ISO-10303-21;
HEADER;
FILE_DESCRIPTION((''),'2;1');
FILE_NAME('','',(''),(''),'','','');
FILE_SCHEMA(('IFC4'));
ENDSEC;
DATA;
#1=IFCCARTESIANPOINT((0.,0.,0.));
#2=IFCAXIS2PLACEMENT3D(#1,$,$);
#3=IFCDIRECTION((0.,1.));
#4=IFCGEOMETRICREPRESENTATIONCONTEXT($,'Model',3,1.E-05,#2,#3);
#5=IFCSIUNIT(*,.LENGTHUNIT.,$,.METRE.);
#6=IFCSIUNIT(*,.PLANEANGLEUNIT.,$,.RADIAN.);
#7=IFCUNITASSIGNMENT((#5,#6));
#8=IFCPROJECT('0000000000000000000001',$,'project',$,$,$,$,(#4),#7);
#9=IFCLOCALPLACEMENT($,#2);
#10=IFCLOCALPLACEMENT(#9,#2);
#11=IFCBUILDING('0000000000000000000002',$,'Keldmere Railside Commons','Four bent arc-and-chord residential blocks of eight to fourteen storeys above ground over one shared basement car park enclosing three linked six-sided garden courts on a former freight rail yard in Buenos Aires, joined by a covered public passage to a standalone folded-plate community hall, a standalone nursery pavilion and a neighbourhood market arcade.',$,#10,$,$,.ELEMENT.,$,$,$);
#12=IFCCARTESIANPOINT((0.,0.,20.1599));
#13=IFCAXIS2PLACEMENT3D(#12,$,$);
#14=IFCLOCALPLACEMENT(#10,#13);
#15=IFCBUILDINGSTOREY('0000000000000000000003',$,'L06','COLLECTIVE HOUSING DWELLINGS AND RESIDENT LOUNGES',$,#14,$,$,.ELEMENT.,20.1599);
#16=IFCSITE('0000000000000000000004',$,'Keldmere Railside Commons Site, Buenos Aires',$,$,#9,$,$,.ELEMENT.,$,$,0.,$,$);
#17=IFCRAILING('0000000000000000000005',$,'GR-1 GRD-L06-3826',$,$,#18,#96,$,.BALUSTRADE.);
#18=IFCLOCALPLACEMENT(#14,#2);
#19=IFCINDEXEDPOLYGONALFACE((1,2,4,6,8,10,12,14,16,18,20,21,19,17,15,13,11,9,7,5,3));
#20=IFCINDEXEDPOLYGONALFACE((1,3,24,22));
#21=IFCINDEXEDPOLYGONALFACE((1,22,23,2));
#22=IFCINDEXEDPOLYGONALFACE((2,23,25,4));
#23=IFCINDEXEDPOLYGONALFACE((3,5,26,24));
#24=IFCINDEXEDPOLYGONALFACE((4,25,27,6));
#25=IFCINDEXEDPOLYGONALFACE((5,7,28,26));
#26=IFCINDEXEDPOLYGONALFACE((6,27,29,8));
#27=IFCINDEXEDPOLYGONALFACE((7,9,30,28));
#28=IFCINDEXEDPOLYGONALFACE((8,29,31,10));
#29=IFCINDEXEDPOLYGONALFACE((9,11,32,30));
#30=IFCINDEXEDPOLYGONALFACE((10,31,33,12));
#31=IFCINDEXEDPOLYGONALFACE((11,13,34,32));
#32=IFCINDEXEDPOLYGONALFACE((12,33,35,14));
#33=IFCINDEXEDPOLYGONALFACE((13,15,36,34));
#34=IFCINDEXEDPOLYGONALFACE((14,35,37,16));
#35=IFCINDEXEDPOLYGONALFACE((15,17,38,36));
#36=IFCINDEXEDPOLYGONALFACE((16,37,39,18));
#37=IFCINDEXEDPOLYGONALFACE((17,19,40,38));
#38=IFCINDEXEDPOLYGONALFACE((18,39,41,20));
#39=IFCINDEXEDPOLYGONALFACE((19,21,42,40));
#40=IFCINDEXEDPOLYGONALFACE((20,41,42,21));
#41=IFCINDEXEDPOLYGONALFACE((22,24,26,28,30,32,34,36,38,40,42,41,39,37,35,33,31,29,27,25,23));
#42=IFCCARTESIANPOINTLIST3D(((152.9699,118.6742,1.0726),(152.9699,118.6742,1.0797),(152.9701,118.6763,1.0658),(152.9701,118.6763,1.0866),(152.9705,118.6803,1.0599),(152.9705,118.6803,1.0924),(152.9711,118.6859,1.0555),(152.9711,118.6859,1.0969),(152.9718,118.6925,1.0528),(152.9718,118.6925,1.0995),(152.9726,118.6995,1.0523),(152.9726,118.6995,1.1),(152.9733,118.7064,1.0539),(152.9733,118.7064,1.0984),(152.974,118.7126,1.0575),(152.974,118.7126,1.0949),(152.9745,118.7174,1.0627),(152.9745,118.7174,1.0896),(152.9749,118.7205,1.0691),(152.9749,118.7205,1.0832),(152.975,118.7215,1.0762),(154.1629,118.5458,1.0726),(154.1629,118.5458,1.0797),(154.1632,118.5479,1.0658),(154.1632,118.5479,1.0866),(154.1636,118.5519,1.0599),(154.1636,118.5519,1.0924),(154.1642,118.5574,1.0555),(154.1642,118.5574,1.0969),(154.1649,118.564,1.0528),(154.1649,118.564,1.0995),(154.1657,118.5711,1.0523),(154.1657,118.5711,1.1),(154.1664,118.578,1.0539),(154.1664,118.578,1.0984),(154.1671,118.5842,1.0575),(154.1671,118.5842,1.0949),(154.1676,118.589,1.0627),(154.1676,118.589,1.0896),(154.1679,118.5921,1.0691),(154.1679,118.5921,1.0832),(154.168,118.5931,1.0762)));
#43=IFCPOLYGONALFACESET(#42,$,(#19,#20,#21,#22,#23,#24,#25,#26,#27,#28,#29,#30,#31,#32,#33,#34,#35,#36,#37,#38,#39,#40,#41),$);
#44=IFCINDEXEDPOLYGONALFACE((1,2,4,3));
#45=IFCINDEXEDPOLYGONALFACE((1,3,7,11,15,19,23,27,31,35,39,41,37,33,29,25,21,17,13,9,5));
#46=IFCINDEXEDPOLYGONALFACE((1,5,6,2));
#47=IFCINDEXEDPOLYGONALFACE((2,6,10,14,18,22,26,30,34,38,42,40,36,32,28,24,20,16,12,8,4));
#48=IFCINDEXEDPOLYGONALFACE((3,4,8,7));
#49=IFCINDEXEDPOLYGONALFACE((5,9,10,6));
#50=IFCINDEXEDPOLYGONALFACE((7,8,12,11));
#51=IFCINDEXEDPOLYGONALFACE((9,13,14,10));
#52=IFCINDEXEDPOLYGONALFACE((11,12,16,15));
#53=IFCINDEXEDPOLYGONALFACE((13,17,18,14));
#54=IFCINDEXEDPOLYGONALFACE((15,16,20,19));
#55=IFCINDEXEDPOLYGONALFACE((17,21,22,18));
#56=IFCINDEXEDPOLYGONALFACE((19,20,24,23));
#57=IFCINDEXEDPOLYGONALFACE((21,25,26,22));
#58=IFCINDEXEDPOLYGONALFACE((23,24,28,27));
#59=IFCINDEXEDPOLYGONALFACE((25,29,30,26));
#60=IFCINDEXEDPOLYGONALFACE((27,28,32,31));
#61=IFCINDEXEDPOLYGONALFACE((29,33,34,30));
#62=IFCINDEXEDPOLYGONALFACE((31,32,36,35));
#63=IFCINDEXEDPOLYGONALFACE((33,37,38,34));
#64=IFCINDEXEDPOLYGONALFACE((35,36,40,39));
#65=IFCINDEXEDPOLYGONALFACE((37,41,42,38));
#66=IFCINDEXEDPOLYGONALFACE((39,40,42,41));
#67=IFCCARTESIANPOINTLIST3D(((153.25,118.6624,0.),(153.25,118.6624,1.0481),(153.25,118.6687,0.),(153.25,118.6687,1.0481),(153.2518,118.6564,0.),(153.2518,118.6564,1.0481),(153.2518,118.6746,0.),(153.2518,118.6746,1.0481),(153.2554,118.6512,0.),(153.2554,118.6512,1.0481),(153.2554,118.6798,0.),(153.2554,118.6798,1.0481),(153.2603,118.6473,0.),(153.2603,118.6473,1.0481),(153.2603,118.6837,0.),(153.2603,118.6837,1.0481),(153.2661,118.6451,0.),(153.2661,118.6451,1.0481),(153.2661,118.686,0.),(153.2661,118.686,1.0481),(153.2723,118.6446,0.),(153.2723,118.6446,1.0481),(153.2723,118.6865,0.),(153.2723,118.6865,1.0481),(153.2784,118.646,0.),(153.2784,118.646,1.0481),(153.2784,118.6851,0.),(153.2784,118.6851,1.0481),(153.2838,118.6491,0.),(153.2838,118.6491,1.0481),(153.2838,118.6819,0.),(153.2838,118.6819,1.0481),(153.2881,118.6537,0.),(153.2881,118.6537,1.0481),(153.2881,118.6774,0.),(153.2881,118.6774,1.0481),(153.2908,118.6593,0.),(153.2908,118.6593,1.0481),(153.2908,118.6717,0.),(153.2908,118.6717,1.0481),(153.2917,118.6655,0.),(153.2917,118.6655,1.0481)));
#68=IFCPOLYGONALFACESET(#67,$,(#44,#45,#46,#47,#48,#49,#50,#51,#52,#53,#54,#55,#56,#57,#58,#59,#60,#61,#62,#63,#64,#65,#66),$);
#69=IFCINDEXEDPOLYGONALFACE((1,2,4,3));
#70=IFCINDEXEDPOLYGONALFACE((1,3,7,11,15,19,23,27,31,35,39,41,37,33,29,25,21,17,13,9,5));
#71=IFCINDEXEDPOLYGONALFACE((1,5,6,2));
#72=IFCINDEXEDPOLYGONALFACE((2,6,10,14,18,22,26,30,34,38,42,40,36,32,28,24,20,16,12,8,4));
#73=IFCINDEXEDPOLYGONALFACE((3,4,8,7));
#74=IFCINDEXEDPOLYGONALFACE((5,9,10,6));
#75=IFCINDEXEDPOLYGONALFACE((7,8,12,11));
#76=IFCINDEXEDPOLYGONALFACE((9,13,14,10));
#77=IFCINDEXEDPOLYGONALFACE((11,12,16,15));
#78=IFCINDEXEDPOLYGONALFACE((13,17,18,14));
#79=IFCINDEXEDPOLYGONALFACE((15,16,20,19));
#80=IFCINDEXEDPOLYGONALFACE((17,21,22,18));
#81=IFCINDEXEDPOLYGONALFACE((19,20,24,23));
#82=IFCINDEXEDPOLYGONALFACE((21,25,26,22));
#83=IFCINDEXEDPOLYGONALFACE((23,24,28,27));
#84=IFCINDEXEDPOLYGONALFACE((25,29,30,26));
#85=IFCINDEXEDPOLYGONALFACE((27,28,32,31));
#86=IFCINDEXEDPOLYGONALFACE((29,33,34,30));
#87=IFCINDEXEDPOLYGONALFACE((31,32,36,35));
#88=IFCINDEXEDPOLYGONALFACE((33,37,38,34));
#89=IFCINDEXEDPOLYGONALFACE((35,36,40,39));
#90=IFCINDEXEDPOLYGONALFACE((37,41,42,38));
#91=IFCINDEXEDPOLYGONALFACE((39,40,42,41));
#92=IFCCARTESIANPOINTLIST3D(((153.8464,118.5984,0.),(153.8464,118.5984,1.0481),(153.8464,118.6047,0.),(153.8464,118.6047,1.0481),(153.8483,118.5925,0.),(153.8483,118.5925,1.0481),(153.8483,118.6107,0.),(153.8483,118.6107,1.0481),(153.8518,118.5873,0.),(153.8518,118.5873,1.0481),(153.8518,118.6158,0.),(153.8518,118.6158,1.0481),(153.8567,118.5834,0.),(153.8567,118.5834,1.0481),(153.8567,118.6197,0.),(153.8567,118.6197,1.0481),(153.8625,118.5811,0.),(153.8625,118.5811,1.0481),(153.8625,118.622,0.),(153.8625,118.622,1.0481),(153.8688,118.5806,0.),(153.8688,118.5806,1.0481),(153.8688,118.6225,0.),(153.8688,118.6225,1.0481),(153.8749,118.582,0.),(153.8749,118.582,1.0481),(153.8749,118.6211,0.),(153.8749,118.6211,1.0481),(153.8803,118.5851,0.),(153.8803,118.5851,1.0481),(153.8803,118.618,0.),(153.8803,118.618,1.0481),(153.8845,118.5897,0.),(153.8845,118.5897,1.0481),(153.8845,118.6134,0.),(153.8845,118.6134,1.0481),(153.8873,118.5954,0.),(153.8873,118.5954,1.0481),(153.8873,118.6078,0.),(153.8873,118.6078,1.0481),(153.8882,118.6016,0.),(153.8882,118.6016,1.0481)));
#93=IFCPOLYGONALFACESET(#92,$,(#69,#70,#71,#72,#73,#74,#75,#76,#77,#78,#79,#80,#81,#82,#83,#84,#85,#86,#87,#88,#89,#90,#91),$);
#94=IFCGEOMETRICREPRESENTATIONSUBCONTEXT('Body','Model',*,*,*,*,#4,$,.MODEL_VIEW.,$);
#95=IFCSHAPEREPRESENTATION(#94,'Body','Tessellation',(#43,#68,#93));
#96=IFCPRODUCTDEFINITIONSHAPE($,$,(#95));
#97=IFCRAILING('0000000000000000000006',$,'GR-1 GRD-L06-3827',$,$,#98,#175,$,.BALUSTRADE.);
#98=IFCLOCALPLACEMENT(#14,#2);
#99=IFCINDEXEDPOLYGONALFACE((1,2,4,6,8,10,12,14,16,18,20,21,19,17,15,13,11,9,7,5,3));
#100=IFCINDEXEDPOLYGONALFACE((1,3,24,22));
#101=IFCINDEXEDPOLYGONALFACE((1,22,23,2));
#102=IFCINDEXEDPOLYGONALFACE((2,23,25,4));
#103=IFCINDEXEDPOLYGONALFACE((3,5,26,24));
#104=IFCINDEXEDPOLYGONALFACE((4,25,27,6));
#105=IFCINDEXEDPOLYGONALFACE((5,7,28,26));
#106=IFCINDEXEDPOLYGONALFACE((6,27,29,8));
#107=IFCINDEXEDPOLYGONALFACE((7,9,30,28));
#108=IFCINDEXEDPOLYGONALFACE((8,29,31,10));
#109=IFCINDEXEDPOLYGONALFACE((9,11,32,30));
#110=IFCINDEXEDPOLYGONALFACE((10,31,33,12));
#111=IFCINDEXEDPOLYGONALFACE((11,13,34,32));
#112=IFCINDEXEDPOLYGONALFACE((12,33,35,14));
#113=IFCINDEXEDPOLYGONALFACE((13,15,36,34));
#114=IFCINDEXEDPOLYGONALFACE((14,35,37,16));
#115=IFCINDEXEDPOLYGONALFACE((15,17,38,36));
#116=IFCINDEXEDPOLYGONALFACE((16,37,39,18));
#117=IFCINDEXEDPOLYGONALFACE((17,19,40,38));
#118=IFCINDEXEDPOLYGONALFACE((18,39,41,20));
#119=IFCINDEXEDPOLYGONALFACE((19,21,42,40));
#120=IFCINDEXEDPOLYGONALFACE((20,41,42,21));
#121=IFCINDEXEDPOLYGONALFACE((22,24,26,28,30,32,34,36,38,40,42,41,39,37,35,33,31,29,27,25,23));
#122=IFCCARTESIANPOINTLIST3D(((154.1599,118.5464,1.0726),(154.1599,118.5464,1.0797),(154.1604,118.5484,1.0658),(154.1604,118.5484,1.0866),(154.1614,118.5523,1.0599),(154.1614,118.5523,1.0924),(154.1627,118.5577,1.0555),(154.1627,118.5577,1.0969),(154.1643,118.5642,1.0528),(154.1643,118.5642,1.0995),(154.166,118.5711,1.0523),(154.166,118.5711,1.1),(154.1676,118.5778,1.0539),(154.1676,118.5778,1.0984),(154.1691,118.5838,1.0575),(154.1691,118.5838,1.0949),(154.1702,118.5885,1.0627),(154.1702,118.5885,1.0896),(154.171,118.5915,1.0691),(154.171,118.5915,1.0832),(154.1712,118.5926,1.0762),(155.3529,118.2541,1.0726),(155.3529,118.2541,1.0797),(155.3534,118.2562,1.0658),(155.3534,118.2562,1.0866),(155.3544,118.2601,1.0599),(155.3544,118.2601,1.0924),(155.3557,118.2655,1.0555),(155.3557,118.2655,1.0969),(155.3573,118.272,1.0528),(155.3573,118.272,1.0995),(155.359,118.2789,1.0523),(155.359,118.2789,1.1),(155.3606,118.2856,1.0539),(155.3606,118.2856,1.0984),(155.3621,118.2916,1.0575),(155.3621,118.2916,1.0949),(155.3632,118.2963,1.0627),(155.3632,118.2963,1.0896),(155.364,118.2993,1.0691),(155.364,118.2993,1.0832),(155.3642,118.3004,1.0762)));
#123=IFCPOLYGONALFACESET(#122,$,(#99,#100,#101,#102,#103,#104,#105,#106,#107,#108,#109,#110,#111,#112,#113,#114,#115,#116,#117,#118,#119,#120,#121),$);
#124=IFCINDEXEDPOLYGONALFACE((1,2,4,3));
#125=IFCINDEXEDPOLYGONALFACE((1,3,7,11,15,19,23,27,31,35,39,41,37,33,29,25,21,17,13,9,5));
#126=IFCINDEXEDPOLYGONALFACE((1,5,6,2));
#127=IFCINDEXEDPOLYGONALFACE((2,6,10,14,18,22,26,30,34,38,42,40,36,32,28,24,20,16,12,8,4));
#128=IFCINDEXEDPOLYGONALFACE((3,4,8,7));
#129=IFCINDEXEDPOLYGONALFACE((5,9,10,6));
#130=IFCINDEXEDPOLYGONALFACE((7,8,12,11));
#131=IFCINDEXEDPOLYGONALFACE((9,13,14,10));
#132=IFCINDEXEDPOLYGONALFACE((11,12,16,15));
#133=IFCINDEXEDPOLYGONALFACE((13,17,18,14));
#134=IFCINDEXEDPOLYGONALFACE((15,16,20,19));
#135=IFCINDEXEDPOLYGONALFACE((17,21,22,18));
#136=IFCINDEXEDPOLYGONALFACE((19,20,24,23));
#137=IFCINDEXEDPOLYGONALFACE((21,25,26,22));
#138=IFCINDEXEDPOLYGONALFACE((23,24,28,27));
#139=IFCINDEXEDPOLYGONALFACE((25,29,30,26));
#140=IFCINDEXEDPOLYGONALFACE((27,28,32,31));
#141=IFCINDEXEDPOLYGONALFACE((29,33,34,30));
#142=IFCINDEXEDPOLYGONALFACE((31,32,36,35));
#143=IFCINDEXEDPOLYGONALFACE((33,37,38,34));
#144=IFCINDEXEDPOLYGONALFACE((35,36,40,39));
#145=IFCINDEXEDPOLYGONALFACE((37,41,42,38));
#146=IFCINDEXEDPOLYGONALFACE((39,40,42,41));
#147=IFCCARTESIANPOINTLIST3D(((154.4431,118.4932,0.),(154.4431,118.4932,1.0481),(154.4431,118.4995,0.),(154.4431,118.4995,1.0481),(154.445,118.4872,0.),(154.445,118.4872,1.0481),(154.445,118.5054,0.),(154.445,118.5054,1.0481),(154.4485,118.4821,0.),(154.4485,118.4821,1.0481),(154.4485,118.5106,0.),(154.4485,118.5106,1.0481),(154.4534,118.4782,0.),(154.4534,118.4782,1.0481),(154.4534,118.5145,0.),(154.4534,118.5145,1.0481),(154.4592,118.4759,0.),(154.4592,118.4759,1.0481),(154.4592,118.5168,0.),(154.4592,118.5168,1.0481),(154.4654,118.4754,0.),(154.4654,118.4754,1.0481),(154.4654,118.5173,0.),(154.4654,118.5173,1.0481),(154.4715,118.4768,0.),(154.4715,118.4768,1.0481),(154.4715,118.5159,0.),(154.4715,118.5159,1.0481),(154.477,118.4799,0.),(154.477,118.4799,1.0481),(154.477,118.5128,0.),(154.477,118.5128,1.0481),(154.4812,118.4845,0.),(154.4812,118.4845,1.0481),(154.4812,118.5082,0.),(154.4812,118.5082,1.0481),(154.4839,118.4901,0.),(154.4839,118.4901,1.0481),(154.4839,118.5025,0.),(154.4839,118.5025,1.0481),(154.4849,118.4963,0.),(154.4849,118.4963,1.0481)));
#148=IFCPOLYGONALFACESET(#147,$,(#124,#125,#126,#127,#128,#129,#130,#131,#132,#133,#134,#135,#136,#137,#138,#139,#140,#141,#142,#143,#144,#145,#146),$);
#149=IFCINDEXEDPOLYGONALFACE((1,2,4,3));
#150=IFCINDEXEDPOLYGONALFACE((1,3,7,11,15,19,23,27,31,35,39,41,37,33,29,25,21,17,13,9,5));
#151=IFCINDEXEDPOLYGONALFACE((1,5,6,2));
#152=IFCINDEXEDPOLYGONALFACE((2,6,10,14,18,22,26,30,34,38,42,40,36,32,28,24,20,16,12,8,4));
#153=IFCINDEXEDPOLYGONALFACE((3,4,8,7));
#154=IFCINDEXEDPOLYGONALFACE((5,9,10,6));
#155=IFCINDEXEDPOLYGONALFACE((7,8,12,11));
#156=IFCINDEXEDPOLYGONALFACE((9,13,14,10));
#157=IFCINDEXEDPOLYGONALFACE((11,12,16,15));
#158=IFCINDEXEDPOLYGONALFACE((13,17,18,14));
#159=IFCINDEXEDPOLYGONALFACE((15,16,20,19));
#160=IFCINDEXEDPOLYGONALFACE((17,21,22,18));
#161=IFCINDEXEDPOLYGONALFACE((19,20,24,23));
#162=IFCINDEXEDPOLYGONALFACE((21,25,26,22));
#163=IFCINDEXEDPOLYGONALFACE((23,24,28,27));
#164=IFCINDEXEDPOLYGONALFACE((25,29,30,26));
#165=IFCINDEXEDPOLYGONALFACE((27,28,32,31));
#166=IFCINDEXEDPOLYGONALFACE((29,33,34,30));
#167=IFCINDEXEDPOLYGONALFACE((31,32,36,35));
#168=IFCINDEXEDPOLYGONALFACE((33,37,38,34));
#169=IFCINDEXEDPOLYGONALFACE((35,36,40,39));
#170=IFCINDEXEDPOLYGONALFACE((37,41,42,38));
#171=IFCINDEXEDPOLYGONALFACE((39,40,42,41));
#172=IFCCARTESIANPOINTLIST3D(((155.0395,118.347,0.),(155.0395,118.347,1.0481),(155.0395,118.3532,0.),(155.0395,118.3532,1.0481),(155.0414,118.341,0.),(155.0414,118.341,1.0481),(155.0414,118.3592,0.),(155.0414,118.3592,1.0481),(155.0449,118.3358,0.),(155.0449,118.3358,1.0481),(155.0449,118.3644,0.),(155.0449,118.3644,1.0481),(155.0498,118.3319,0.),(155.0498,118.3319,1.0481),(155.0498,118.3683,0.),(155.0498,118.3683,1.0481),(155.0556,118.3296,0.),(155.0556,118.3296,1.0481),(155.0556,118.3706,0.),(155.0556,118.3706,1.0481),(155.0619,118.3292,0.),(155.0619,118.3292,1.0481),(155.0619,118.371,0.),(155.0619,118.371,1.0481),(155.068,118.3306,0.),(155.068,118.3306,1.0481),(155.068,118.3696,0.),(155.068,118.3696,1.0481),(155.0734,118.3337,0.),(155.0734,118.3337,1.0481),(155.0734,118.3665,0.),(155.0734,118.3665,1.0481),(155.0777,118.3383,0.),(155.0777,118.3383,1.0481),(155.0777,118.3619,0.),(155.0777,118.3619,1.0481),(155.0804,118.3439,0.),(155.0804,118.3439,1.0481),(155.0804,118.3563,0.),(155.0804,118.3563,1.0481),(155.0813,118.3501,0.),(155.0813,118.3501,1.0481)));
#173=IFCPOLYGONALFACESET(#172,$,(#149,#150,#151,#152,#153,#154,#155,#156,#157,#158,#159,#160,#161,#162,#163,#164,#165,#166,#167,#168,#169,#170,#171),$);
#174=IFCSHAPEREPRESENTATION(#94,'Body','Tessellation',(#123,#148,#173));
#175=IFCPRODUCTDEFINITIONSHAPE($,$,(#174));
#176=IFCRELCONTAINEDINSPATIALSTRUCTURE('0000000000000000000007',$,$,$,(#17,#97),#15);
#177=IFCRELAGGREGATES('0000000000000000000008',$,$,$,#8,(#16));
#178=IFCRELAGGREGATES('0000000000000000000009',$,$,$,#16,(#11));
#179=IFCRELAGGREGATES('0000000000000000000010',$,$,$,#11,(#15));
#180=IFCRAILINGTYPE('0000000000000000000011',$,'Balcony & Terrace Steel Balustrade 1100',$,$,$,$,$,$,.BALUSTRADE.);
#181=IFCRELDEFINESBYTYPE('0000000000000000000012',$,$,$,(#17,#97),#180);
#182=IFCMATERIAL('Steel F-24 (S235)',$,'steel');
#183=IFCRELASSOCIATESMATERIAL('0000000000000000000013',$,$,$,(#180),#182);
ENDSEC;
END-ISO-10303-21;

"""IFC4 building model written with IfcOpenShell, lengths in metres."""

from ifc_helpers import new_model, si_unit, direction, frame, origin, origin_2d, place, context, subcontext, project, spatial, circle, extrude, material, type_object, element, save


model = new_model("IFC4")

# Units and contexts
model_context = context("Model", 3, precision=1e-05, world=origin(), true_north=direction((0.0, 1.0)))
body_context = subcontext(model_context, "Body", "Model", "MODEL_VIEW")
ifc_project = project(units=[si_unit("LENGTHUNIT", "METRE"), si_unit("PLANEANGLEUNIT", "RADIAN")], contexts=[model_context])

# Site, building, storey
site_placement = place(None, origin())
site = spatial("IfcSite", under=ifc_project, at=site_placement, Name="Keldmere Railside Commons Site, Buenos Aires", CompositionType="ELEMENT", RefElevation=0.0)
building_placement = place(site_placement, origin())
building = spatial("IfcBuilding", under=site, at=building_placement, Name="Keldmere Railside Commons", Description="Four bent arc-and-chord residential blocks of eight to fourteen storeys above ground over one shared basement car park enclosing three linked six-sided garden courts on a former freight rail yard in Buenos Aires, joined by a covered public passage to a standalone folded-plate community hall, a standalone nursery pavilion and a neighbourhood market arcade.", CompositionType="ELEMENT")
storey_placement = place(building_placement, frame((0.0, 0.0, 20.1599)))
storey = spatial("IfcBuildingStorey", under=building, at=storey_placement, Name="L06", Description="COLLECTIVE HOUSING DWELLINGS AND RESIDENT LOUNGES", CompositionType="ELEMENT", Elevation=20.1599)

# Shared definitions
ifc_material_1 = material(Name="Steel F-24 (S235)", Category="steel")

# Railings
railing_type_1 = type_object("IfcRailingType", Name="Balcony & Terrace Steel Balustrade 1100", PredefinedType="BALUSTRADE", material=ifc_material_1)
railing_1_placement = place(storey_placement, frame((152.9724, 118.6978, 0.0)))
element("IfcRailing", 1, at=railing_1_placement, inside=storey, type_object=railing_type_1, Name="GR-1 GRD-L06-3826", PredefinedType="BALUSTRADE", context=body_context, shape_type="SweptSolid", body=[
    extrude(circle(Radius=0.0239, at=origin_2d()), frame((0.0, 0.0, 1.0762), z_axis=(0.994257, -0.107014, 0.0), x_axis=(0.107014, 0.994257, 0.0)), (0.0, 0.0, 1.0), 1.2),
    extrude(circle(Radius=0.021, at=origin_2d()), frame((0.2983, -0.0322, 0.0)), (0.0, 0.0, 1.0), 1.0481),
    extrude(circle(Radius=0.021, at=origin_2d()), frame((0.8948, -0.0962, 0.0)), (0.0, 0.0, 1.0), 1.0481),
])
railing_2_placement = place(storey_placement, frame((154.1655, 118.5693, 0.0)))
element("IfcRailing", 2, at=railing_2_placement, inside=storey, type_object=railing_type_1, Name="GR-1 GRD-L06-3827", PredefinedType="BALUSTRADE", context=body_context, shape_type="SweptSolid", body=[
    extrude(circle(Radius=0.0239, at=origin_2d()), frame((0.0, 0.0, 1.0762), z_axis=(0.971289, -0.237903, 0.0), x_axis=(0.237903, 0.971289, 0.0)), (0.0, 0.0, 1.0), 1.2283),
    extrude(circle(Radius=0.021, at=origin_2d()), frame((0.2983, -0.073, 0.0)), (0.0, 0.0, 1.0), 1.0481),
    extrude(circle(Radius=0.021, at=origin_2d()), frame((0.8948, -0.2192, 0.0)), (0.0, 0.0, 1.0), 1.0481),
])

save(model, "model.ifc")
